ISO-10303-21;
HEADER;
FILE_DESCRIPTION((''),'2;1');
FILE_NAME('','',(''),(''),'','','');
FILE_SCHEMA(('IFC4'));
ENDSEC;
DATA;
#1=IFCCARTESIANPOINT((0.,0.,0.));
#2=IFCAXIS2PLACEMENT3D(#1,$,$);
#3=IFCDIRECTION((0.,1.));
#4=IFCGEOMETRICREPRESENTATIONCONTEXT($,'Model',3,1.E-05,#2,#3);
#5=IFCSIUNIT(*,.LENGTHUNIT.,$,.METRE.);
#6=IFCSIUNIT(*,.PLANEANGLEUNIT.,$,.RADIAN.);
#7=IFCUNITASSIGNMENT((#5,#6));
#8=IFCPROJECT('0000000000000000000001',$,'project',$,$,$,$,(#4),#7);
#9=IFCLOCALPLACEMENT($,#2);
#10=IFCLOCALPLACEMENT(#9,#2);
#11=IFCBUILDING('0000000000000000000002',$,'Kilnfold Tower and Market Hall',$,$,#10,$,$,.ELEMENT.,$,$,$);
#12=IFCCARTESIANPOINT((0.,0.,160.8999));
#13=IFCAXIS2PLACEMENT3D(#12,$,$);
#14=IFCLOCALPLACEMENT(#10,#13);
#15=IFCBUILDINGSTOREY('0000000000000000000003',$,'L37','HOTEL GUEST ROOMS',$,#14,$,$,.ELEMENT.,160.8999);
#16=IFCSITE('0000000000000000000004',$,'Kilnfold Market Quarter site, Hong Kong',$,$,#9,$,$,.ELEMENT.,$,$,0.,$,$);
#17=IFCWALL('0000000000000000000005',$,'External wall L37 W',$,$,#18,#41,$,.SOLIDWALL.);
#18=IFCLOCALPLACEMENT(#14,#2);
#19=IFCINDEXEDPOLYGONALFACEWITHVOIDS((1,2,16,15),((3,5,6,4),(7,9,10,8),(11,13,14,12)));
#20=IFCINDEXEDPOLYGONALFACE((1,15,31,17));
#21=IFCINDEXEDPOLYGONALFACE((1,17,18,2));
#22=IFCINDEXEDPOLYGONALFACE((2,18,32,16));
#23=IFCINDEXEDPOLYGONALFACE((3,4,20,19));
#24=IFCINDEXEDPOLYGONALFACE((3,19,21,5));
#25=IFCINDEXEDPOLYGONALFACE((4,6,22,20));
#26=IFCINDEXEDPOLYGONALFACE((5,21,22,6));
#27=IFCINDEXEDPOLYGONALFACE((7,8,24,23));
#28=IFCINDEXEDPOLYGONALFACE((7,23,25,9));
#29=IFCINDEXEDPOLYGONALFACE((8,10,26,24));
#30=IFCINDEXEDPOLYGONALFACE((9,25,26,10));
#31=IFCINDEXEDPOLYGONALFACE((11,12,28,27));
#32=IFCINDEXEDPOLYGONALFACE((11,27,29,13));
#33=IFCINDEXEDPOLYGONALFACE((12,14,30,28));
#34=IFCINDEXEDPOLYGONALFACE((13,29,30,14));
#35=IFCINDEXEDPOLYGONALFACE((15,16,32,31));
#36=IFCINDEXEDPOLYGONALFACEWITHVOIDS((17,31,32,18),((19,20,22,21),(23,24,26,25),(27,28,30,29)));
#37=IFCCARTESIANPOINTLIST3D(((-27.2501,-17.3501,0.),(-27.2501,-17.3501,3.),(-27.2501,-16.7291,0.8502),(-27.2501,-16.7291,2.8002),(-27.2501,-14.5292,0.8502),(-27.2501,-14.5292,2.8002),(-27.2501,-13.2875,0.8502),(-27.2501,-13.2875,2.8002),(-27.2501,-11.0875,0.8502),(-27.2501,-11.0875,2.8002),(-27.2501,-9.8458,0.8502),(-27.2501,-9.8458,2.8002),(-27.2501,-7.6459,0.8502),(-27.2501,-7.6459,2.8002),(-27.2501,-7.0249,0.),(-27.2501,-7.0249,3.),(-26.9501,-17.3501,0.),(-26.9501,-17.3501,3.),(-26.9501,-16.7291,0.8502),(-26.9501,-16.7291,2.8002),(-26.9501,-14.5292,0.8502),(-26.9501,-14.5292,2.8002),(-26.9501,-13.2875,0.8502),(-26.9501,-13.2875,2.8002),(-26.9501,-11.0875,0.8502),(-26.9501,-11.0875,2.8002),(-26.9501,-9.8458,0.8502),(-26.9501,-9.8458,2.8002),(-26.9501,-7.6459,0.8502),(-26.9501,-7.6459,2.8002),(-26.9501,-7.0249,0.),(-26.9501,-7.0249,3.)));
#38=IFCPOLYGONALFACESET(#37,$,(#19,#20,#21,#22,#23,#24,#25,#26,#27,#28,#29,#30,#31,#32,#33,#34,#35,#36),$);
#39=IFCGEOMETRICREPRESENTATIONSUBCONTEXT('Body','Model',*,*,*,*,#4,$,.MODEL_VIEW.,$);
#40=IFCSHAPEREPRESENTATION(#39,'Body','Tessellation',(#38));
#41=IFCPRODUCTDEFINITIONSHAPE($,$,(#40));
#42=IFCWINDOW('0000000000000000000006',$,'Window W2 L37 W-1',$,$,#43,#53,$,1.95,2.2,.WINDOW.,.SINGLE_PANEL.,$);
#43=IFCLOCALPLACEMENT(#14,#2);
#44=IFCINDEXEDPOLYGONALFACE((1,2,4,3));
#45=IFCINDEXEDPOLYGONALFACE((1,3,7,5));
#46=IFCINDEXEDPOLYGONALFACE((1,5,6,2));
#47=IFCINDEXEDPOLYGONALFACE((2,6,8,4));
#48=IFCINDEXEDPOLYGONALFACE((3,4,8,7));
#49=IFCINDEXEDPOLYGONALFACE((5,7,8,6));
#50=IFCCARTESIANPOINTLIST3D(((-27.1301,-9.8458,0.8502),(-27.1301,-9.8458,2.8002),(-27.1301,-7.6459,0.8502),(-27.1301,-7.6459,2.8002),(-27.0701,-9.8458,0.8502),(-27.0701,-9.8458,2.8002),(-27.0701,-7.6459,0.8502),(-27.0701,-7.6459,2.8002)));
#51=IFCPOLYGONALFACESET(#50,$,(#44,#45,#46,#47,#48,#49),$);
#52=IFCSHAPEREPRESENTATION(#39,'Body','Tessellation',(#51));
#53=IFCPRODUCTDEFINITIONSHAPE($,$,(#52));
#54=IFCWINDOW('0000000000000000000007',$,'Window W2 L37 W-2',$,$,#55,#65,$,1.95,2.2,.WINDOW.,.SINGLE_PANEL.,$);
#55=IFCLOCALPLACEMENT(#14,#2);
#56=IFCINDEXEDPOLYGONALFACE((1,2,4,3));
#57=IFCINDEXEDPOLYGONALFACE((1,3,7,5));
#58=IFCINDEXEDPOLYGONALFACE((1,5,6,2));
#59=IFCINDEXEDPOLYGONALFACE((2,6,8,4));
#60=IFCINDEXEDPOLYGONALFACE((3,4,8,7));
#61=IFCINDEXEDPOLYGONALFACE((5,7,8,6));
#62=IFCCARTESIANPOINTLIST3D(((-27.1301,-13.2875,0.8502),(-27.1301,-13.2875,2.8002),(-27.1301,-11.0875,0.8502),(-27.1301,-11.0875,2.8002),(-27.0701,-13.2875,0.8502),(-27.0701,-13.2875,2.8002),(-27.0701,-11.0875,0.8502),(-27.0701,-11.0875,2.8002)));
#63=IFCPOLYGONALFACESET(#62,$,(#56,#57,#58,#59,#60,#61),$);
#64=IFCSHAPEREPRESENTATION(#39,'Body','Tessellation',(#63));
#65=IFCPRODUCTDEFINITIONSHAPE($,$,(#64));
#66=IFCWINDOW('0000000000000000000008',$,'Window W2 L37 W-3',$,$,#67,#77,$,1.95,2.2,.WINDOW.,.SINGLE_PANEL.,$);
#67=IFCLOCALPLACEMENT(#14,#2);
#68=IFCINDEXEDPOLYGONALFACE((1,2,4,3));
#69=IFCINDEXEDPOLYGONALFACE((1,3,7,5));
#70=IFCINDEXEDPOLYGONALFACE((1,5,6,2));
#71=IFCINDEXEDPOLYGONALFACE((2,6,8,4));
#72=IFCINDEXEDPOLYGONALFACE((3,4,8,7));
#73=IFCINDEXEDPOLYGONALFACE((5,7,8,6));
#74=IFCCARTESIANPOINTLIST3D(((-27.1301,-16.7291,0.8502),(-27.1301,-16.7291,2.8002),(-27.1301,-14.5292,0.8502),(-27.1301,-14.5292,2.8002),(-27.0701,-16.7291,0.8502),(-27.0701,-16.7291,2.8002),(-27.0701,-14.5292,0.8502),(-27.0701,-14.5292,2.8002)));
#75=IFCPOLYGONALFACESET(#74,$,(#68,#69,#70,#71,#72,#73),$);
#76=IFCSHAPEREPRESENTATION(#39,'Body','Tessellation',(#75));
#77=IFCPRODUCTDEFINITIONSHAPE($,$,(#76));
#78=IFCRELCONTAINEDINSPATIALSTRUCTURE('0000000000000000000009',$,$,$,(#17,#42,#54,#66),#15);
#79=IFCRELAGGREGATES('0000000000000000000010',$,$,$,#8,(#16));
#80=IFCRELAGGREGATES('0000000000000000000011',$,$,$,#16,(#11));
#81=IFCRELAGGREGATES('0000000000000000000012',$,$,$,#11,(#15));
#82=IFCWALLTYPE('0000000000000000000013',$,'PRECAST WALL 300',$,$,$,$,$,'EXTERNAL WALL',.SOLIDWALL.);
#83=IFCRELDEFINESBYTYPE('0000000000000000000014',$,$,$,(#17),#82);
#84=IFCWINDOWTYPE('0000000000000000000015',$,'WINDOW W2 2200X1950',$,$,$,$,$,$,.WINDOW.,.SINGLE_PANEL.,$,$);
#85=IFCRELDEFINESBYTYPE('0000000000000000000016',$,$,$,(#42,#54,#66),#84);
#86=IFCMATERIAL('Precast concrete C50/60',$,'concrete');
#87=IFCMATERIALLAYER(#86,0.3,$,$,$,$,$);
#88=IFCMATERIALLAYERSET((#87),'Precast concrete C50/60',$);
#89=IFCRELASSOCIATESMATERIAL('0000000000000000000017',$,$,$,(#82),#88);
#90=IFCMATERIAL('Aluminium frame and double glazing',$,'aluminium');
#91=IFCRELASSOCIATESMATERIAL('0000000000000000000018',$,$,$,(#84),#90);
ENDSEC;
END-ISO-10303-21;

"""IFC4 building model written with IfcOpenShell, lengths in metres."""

from ifc_helpers import new_model, si_unit, direction, frame, frame_2d, origin, place, context, subcontext, project, spatial, rectangle, extrude, source, transform, mapped, material, layer, layer_set, type_object, element, fill, save


model = new_model("IFC4")

# Units and contexts
model_context = context("Model", 3, precision=1e-05, world=origin(), true_north=direction((0.0, 1.0)))
body_context = subcontext(model_context, "Body", "Model", "MODEL_VIEW")
ifc_project = project(units=[si_unit("LENGTHUNIT", "METRE"), si_unit("PLANEANGLEUNIT", "RADIAN")], contexts=[model_context])

# Site, building, storey
site_placement = place(None, origin())
site = spatial("IfcSite", under=ifc_project, at=site_placement, Name="Kilnfold Market Quarter site, Hong Kong", CompositionType="ELEMENT", RefElevation=0.0)
building_placement = place(site_placement, origin())
building = spatial("IfcBuilding", under=site, at=building_placement, Name="Kilnfold Tower and Market Hall", CompositionType="ELEMENT")
storey_placement = place(building_placement, frame((0.0, 0.0, 160.8999)))
storey = spatial("IfcBuildingStorey", under=building, at=storey_placement, Name="L37", Description="HOTEL GUEST ROOMS", CompositionType="ELEMENT", Elevation=160.8999)

# Wall, openings, windows
ifc_material_1 = material(Name="Precast concrete C50/60", Category="concrete")
ifc_layer_1 = layer(ifc_material_1, 0.3)
ifc_layer_set_1 = layer_set([ifc_layer_1], Name="Precast concrete C50/60")
wall_type_1 = type_object("IfcWallType", Name="PRECAST WALL 300", ElementType="EXTERNAL WALL", PredefinedType="SOLIDWALL", material=ifc_layer_set_1)
shared_shape_1 = source(origin(), body_context, "Body", "SweptSolid", [
    extrude(rectangle(XDim=10.3252, YDim=0.3, at=frame_2d((5.1626, 0.0))), origin(), (0.0, 0.0, 1.0), 3.0),
])
wall_1_placement = place(storey_placement, frame((-27.1001, -7.0249, 0.0), z_axis=(0.0, 0.0, 1.0), x_axis=(0.0, -1.0, 0.0)))
wall_1 = element("IfcWall", 1, at=wall_1_placement, inside=storey, type_object=wall_type_1, Name="External wall L37 W", PredefinedType="SOLIDWALL", context=body_context, shape_type="MappedRepresentation", body=[
    mapped(shared_shape_1, transform((0.0, 0.0, 0.0))),
])
opening_1_placement = place(wall_1_placement, frame((0.6208, 0.0, 0.8501)))
opening_1 = element("IfcOpeningElement", 2, at=opening_1_placement, cuts=wall_1, PredefinedType="OPENING", context=body_context, shape_type="SweptSolid", body=[
    extrude(rectangle(XDim=2.2, YDim=1.95, at=frame_2d((1.1001, 0.9751))), frame((0.0, 0.1602, 0.0), z_axis=(0.0, -1.0, 0.0), x_axis=(1.0, 0.0, 0.0)), (0.0, 0.0, 1.0), 0.3201),
])
opening_2_placement = place(wall_1_placement, frame((4.0625, 0.0, 0.8501)))
opening_2 = element("IfcOpeningElement", 3, at=opening_2_placement, cuts=wall_1, PredefinedType="OPENING", context=body_context, shape_type="SweptSolid", body=[
    extrude(rectangle(XDim=2.2, YDim=1.95, at=frame_2d((1.1001, 0.9751))), frame((0.0, 0.1602, 0.0), z_axis=(0.0, -1.0, 0.0), x_axis=(1.0, 0.0, 0.0)), (0.0, 0.0, 1.0), 0.3201),
])
opening_3_placement = place(wall_1_placement, frame((7.5042, 0.0, 0.8501)))
opening_3 = element("IfcOpeningElement", 4, at=opening_3_placement, cuts=wall_1, PredefinedType="OPENING", context=body_context, shape_type="SweptSolid", body=[
    extrude(rectangle(XDim=2.2, YDim=1.95, at=frame_2d((1.1001, 0.9751))), frame((0.0, 0.1602, 0.0), z_axis=(0.0, -1.0, 0.0), x_axis=(1.0, 0.0, 0.0)), (0.0, 0.0, 1.0), 0.3201),
])
ifc_material_2 = material(Name="Aluminium frame and double glazing", Category="aluminium")
window_type = type_object("IfcWindowType", Name="WINDOW W2 2200X1950", PartitioningType="SINGLE_PANEL", PredefinedType="WINDOW", material=ifc_material_2)
window_1_placement = place(opening_1_placement, origin())
window_1 = element("IfcWindow", 5, at=window_1_placement, inside=storey, type_object=window_type, Name="Window W2 L37 W-1", OverallHeight=1.95, OverallWidth=2.2, PartitioningType="SINGLE_PANEL", PredefinedType="WINDOW", context=body_context, shape_type="SweptSolid", body=[
    extrude(rectangle(XDim=2.2, YDim=1.95, at=frame_2d((1.1001, 0.9751))), frame((0.0, 0.03, 0.0), z_axis=(0.0, -1.0, 0.0), x_axis=(1.0, 0.0, 0.0)), (0.0, 0.0, 1.0), 0.0601),
])
fill(opening_1, window_1)
window_2_placement = place(opening_2_placement, origin())
window_2 = element("IfcWindow", 6, at=window_2_placement, inside=storey, type_object=window_type, Name="Window W2 L37 W-2", OverallHeight=1.95, OverallWidth=2.2, PartitioningType="SINGLE_PANEL", PredefinedType="WINDOW", context=body_context, shape_type="SweptSolid", body=[
    extrude(rectangle(XDim=2.2, YDim=1.95, at=frame_2d((1.1001, 0.9751))), frame((0.0, 0.03, 0.0), z_axis=(0.0, -1.0, 0.0), x_axis=(1.0, 0.0, 0.0)), (0.0, 0.0, 1.0), 0.0601),
])
fill(opening_2, window_2)
window_3_placement = place(opening_3_placement, origin())
window_3 = element("IfcWindow", 7, at=window_3_placement, inside=storey, type_object=window_type, Name="Window W2 L37 W-3", OverallHeight=1.95, OverallWidth=2.2, PartitioningType="SINGLE_PANEL", PredefinedType="WINDOW", context=body_context, shape_type="SweptSolid", body=[
    extrude(rectangle(XDim=2.2, YDim=1.95, at=frame_2d((1.1001, 0.9751))), frame((0.0, 0.03, 0.0), z_axis=(0.0, -1.0, 0.0), x_axis=(1.0, 0.0, 0.0)), (0.0, 0.0, 1.0), 0.0601),
])
fill(opening_3, window_3)

save(model, "model.ifc")
